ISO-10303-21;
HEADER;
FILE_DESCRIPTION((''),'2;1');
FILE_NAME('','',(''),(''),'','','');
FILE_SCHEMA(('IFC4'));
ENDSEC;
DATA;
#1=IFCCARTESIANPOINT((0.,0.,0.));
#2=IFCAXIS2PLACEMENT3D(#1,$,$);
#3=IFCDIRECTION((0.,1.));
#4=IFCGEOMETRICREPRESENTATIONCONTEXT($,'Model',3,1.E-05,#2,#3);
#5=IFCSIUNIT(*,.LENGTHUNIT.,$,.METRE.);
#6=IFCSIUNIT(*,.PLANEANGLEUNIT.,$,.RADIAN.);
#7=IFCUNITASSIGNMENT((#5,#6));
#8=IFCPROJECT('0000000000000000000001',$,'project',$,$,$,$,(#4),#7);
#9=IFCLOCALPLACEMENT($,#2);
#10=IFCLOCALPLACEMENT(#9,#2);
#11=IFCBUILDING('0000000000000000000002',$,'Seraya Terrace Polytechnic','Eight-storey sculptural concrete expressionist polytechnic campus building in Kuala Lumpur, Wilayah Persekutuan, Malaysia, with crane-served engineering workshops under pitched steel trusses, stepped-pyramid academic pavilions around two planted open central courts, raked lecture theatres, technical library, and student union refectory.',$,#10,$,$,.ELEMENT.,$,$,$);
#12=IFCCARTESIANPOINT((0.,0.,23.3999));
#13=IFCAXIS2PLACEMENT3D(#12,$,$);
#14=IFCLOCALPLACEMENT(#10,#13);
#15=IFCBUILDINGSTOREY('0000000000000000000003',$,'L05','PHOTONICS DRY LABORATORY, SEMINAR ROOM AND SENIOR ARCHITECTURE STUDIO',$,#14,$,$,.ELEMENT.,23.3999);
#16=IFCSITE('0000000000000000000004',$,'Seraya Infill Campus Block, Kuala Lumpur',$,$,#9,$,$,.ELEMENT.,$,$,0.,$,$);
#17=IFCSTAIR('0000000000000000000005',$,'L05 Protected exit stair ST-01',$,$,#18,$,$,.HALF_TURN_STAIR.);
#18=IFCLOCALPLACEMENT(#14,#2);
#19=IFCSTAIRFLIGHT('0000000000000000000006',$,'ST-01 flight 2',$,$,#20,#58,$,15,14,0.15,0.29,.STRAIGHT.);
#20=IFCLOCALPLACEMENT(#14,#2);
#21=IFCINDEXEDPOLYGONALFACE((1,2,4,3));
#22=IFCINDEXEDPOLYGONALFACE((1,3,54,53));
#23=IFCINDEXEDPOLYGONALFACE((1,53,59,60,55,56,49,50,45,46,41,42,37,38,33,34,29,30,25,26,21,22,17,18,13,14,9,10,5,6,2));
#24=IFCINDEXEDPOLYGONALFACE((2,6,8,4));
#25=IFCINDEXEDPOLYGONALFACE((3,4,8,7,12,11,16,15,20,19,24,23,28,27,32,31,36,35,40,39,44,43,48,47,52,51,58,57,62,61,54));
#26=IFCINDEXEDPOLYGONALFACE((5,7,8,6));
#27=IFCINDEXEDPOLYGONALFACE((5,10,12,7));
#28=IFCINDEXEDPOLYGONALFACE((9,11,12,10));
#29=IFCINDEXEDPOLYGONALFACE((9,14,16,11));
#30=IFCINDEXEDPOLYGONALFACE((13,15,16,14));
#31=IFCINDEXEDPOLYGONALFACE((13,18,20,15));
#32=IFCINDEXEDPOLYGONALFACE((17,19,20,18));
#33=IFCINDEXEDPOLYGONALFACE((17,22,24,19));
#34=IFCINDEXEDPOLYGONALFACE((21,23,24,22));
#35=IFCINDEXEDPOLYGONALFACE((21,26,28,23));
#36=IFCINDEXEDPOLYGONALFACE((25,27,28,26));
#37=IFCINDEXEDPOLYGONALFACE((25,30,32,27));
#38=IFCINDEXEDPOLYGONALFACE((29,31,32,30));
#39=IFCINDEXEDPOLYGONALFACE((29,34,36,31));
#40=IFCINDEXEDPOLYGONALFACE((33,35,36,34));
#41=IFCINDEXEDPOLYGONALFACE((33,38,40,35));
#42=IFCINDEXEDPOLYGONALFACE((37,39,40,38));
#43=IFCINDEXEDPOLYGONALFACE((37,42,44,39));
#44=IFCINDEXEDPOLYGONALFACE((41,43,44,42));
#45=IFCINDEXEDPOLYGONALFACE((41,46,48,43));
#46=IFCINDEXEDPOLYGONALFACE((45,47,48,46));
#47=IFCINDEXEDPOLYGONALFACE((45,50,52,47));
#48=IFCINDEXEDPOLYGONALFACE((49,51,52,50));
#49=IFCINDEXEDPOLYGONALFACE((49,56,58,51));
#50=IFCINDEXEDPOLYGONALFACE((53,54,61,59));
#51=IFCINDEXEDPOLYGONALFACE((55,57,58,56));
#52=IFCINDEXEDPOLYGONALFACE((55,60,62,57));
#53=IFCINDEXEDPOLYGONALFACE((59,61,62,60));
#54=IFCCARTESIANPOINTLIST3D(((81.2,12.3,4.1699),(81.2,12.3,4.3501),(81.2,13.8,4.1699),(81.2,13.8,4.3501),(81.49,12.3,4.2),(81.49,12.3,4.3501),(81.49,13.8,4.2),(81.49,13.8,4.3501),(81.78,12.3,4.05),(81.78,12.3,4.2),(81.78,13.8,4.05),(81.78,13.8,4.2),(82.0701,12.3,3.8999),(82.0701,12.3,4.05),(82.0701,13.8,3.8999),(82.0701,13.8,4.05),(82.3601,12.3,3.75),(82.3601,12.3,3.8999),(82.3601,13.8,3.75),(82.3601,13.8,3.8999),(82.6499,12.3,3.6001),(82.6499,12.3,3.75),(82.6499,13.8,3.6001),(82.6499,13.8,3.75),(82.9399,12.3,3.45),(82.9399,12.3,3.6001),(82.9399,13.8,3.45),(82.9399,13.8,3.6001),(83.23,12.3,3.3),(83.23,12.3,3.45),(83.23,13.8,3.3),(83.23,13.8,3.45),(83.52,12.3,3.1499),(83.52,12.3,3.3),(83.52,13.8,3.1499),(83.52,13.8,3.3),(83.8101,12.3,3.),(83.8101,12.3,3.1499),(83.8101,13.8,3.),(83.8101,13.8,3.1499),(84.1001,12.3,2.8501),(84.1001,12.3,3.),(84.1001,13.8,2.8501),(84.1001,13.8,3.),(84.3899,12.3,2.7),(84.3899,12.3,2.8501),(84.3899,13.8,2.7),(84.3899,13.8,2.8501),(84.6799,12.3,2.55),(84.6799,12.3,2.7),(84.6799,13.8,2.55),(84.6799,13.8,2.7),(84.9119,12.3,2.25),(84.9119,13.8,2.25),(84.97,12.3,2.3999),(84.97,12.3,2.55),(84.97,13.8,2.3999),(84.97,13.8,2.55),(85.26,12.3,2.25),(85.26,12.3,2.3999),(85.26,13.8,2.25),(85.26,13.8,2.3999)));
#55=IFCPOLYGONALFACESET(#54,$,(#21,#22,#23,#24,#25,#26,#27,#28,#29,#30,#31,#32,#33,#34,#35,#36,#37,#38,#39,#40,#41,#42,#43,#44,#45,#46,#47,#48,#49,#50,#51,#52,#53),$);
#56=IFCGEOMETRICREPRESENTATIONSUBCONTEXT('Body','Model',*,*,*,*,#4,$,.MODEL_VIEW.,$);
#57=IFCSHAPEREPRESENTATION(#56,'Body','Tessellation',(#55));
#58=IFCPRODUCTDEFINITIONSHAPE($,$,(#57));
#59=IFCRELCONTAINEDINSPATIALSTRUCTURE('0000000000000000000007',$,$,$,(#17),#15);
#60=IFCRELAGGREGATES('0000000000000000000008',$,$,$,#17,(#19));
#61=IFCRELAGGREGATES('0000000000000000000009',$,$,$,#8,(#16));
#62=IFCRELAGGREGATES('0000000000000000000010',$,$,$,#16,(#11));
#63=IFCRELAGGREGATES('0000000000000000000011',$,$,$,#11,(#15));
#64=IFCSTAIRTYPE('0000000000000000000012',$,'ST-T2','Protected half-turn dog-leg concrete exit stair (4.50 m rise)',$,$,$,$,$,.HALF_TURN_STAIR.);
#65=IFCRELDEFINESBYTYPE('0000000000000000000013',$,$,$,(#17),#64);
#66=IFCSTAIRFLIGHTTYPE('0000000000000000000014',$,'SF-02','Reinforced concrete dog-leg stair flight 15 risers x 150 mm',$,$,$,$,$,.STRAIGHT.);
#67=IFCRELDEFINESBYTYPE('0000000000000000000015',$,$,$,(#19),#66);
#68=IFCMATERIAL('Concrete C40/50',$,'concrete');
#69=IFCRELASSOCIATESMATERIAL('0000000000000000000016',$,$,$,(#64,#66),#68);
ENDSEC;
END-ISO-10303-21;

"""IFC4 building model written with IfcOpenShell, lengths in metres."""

from ifc_helpers import new_model, si_unit, direction, frame, origin, place, context, subcontext, project, spatial, polyline, outline, extrude, material, type_object, element, aggregate, save


model = new_model("IFC4")

# Units and contexts
model_context = context("Model", 3, precision=1e-05, world=origin(), true_north=direction((0.0, 1.0)))
body_context = subcontext(model_context, "Body", "Model", "MODEL_VIEW")
ifc_project = project(units=[si_unit("LENGTHUNIT", "METRE"), si_unit("PLANEANGLEUNIT", "RADIAN")], contexts=[model_context])

# Site, building, storey
site_placement = place(None, origin())
site = spatial("IfcSite", under=ifc_project, at=site_placement, Name="Seraya Infill Campus Block, Kuala Lumpur", CompositionType="ELEMENT", RefElevation=0.0)
building_placement = place(site_placement, origin())
building = spatial("IfcBuilding", under=site, at=building_placement, Name="Seraya Terrace Polytechnic", Description="Eight-storey sculptural concrete expressionist polytechnic campus building in Kuala Lumpur, Wilayah Persekutuan, Malaysia, with crane-served engineering workshops under pitched steel trusses, stepped-pyramid academic pavilions around two planted open central courts, raked lecture theatres, technical library, and student union refectory.", CompositionType="ELEMENT")
storey_placement = place(building_placement, frame((0.0, 0.0, 23.3999)))
storey = spatial("IfcBuildingStorey", under=building, at=storey_placement, Name="L05", Description="PHOTONICS DRY LABORATORY, SEMINAR ROOM AND SENIOR ARCHITECTURE STUDIO", CompositionType="ELEMENT", Elevation=23.3999)

# Shared definitions
ifc_material_1 = material(Name="Concrete C40/50", Category="concrete")

# Stair, stair flight
stair_type = type_object("IfcStairType", Name="ST-T2", Description="Protected half-turn dog-leg concrete exit stair (4.50 m rise)", PredefinedType="HALF_TURN_STAIR", material=ifc_material_1)
stair_placement = place(storey_placement, origin())
stair = element("IfcStair", 1, at=stair_placement, inside=storey, type_object=stair_type, Name="L05 Protected exit stair ST-01", PredefinedType="HALF_TURN_STAIR")
stair_flight_type = type_object("IfcStairFlightType", Name="SF-02", Description="Reinforced concrete dog-leg stair flight 15 risers x 150 mm", PredefinedType="STRAIGHT", material=ifc_material_1)
stair_flight_placement = place(storey_placement, frame((85.26, 13.05, 2.25), z_axis=(0.0, 0.0, 1.0), x_axis=(-1.0, 0.0, 0.0)))
stair_flight = element("IfcStairFlight", 2, at=stair_flight_placement, type_object=stair_flight_type, Name="ST-01 flight 2", NumberOfRisers=15, NumberOfTreads=14, PredefinedType="STRAIGHT", RiserHeight=0.15, TreadLength=0.29, context=body_context, shape_type="SweptSolid", body=[
    extrude(outline(polyline([(0.0, 0.0), (0.0, 0.1499), (0.29, 0.1499), (0.29, 0.3), (0.5801, 0.3), (0.5801, 0.45), (0.8701, 0.45), (0.8701, 0.6001), (1.1599, 0.6001), (1.1599, 0.75), (1.45, 0.75), (1.45, 0.8999), (1.74, 0.8999), (1.74, 1.05), (2.03, 1.05), (2.03, 1.2), (2.3201, 1.2), (2.3201, 1.3501), (2.6101, 1.3501), (2.6101, 1.5), (2.8999, 1.5), (2.8999, 1.6499), (3.1899, 1.6499), (3.1899, 1.8), (3.48, 1.8), (3.48, 1.95), (3.77, 1.95), (3.77, 2.1001), (4.0601, 2.1001), (4.0601, 2.25), (4.0601, 1.9199), (0.3481, 0.0), (0.0, 0.0)])), frame((0.0, 0.75, 0.0), z_axis=(0.0, -1.0, 0.0), x_axis=(1.0, 0.0, 0.0)), (0.0, 0.0, 1.0), 1.5),
])
aggregate(stair, [stair_flight])

save(model, "model.ifc")
